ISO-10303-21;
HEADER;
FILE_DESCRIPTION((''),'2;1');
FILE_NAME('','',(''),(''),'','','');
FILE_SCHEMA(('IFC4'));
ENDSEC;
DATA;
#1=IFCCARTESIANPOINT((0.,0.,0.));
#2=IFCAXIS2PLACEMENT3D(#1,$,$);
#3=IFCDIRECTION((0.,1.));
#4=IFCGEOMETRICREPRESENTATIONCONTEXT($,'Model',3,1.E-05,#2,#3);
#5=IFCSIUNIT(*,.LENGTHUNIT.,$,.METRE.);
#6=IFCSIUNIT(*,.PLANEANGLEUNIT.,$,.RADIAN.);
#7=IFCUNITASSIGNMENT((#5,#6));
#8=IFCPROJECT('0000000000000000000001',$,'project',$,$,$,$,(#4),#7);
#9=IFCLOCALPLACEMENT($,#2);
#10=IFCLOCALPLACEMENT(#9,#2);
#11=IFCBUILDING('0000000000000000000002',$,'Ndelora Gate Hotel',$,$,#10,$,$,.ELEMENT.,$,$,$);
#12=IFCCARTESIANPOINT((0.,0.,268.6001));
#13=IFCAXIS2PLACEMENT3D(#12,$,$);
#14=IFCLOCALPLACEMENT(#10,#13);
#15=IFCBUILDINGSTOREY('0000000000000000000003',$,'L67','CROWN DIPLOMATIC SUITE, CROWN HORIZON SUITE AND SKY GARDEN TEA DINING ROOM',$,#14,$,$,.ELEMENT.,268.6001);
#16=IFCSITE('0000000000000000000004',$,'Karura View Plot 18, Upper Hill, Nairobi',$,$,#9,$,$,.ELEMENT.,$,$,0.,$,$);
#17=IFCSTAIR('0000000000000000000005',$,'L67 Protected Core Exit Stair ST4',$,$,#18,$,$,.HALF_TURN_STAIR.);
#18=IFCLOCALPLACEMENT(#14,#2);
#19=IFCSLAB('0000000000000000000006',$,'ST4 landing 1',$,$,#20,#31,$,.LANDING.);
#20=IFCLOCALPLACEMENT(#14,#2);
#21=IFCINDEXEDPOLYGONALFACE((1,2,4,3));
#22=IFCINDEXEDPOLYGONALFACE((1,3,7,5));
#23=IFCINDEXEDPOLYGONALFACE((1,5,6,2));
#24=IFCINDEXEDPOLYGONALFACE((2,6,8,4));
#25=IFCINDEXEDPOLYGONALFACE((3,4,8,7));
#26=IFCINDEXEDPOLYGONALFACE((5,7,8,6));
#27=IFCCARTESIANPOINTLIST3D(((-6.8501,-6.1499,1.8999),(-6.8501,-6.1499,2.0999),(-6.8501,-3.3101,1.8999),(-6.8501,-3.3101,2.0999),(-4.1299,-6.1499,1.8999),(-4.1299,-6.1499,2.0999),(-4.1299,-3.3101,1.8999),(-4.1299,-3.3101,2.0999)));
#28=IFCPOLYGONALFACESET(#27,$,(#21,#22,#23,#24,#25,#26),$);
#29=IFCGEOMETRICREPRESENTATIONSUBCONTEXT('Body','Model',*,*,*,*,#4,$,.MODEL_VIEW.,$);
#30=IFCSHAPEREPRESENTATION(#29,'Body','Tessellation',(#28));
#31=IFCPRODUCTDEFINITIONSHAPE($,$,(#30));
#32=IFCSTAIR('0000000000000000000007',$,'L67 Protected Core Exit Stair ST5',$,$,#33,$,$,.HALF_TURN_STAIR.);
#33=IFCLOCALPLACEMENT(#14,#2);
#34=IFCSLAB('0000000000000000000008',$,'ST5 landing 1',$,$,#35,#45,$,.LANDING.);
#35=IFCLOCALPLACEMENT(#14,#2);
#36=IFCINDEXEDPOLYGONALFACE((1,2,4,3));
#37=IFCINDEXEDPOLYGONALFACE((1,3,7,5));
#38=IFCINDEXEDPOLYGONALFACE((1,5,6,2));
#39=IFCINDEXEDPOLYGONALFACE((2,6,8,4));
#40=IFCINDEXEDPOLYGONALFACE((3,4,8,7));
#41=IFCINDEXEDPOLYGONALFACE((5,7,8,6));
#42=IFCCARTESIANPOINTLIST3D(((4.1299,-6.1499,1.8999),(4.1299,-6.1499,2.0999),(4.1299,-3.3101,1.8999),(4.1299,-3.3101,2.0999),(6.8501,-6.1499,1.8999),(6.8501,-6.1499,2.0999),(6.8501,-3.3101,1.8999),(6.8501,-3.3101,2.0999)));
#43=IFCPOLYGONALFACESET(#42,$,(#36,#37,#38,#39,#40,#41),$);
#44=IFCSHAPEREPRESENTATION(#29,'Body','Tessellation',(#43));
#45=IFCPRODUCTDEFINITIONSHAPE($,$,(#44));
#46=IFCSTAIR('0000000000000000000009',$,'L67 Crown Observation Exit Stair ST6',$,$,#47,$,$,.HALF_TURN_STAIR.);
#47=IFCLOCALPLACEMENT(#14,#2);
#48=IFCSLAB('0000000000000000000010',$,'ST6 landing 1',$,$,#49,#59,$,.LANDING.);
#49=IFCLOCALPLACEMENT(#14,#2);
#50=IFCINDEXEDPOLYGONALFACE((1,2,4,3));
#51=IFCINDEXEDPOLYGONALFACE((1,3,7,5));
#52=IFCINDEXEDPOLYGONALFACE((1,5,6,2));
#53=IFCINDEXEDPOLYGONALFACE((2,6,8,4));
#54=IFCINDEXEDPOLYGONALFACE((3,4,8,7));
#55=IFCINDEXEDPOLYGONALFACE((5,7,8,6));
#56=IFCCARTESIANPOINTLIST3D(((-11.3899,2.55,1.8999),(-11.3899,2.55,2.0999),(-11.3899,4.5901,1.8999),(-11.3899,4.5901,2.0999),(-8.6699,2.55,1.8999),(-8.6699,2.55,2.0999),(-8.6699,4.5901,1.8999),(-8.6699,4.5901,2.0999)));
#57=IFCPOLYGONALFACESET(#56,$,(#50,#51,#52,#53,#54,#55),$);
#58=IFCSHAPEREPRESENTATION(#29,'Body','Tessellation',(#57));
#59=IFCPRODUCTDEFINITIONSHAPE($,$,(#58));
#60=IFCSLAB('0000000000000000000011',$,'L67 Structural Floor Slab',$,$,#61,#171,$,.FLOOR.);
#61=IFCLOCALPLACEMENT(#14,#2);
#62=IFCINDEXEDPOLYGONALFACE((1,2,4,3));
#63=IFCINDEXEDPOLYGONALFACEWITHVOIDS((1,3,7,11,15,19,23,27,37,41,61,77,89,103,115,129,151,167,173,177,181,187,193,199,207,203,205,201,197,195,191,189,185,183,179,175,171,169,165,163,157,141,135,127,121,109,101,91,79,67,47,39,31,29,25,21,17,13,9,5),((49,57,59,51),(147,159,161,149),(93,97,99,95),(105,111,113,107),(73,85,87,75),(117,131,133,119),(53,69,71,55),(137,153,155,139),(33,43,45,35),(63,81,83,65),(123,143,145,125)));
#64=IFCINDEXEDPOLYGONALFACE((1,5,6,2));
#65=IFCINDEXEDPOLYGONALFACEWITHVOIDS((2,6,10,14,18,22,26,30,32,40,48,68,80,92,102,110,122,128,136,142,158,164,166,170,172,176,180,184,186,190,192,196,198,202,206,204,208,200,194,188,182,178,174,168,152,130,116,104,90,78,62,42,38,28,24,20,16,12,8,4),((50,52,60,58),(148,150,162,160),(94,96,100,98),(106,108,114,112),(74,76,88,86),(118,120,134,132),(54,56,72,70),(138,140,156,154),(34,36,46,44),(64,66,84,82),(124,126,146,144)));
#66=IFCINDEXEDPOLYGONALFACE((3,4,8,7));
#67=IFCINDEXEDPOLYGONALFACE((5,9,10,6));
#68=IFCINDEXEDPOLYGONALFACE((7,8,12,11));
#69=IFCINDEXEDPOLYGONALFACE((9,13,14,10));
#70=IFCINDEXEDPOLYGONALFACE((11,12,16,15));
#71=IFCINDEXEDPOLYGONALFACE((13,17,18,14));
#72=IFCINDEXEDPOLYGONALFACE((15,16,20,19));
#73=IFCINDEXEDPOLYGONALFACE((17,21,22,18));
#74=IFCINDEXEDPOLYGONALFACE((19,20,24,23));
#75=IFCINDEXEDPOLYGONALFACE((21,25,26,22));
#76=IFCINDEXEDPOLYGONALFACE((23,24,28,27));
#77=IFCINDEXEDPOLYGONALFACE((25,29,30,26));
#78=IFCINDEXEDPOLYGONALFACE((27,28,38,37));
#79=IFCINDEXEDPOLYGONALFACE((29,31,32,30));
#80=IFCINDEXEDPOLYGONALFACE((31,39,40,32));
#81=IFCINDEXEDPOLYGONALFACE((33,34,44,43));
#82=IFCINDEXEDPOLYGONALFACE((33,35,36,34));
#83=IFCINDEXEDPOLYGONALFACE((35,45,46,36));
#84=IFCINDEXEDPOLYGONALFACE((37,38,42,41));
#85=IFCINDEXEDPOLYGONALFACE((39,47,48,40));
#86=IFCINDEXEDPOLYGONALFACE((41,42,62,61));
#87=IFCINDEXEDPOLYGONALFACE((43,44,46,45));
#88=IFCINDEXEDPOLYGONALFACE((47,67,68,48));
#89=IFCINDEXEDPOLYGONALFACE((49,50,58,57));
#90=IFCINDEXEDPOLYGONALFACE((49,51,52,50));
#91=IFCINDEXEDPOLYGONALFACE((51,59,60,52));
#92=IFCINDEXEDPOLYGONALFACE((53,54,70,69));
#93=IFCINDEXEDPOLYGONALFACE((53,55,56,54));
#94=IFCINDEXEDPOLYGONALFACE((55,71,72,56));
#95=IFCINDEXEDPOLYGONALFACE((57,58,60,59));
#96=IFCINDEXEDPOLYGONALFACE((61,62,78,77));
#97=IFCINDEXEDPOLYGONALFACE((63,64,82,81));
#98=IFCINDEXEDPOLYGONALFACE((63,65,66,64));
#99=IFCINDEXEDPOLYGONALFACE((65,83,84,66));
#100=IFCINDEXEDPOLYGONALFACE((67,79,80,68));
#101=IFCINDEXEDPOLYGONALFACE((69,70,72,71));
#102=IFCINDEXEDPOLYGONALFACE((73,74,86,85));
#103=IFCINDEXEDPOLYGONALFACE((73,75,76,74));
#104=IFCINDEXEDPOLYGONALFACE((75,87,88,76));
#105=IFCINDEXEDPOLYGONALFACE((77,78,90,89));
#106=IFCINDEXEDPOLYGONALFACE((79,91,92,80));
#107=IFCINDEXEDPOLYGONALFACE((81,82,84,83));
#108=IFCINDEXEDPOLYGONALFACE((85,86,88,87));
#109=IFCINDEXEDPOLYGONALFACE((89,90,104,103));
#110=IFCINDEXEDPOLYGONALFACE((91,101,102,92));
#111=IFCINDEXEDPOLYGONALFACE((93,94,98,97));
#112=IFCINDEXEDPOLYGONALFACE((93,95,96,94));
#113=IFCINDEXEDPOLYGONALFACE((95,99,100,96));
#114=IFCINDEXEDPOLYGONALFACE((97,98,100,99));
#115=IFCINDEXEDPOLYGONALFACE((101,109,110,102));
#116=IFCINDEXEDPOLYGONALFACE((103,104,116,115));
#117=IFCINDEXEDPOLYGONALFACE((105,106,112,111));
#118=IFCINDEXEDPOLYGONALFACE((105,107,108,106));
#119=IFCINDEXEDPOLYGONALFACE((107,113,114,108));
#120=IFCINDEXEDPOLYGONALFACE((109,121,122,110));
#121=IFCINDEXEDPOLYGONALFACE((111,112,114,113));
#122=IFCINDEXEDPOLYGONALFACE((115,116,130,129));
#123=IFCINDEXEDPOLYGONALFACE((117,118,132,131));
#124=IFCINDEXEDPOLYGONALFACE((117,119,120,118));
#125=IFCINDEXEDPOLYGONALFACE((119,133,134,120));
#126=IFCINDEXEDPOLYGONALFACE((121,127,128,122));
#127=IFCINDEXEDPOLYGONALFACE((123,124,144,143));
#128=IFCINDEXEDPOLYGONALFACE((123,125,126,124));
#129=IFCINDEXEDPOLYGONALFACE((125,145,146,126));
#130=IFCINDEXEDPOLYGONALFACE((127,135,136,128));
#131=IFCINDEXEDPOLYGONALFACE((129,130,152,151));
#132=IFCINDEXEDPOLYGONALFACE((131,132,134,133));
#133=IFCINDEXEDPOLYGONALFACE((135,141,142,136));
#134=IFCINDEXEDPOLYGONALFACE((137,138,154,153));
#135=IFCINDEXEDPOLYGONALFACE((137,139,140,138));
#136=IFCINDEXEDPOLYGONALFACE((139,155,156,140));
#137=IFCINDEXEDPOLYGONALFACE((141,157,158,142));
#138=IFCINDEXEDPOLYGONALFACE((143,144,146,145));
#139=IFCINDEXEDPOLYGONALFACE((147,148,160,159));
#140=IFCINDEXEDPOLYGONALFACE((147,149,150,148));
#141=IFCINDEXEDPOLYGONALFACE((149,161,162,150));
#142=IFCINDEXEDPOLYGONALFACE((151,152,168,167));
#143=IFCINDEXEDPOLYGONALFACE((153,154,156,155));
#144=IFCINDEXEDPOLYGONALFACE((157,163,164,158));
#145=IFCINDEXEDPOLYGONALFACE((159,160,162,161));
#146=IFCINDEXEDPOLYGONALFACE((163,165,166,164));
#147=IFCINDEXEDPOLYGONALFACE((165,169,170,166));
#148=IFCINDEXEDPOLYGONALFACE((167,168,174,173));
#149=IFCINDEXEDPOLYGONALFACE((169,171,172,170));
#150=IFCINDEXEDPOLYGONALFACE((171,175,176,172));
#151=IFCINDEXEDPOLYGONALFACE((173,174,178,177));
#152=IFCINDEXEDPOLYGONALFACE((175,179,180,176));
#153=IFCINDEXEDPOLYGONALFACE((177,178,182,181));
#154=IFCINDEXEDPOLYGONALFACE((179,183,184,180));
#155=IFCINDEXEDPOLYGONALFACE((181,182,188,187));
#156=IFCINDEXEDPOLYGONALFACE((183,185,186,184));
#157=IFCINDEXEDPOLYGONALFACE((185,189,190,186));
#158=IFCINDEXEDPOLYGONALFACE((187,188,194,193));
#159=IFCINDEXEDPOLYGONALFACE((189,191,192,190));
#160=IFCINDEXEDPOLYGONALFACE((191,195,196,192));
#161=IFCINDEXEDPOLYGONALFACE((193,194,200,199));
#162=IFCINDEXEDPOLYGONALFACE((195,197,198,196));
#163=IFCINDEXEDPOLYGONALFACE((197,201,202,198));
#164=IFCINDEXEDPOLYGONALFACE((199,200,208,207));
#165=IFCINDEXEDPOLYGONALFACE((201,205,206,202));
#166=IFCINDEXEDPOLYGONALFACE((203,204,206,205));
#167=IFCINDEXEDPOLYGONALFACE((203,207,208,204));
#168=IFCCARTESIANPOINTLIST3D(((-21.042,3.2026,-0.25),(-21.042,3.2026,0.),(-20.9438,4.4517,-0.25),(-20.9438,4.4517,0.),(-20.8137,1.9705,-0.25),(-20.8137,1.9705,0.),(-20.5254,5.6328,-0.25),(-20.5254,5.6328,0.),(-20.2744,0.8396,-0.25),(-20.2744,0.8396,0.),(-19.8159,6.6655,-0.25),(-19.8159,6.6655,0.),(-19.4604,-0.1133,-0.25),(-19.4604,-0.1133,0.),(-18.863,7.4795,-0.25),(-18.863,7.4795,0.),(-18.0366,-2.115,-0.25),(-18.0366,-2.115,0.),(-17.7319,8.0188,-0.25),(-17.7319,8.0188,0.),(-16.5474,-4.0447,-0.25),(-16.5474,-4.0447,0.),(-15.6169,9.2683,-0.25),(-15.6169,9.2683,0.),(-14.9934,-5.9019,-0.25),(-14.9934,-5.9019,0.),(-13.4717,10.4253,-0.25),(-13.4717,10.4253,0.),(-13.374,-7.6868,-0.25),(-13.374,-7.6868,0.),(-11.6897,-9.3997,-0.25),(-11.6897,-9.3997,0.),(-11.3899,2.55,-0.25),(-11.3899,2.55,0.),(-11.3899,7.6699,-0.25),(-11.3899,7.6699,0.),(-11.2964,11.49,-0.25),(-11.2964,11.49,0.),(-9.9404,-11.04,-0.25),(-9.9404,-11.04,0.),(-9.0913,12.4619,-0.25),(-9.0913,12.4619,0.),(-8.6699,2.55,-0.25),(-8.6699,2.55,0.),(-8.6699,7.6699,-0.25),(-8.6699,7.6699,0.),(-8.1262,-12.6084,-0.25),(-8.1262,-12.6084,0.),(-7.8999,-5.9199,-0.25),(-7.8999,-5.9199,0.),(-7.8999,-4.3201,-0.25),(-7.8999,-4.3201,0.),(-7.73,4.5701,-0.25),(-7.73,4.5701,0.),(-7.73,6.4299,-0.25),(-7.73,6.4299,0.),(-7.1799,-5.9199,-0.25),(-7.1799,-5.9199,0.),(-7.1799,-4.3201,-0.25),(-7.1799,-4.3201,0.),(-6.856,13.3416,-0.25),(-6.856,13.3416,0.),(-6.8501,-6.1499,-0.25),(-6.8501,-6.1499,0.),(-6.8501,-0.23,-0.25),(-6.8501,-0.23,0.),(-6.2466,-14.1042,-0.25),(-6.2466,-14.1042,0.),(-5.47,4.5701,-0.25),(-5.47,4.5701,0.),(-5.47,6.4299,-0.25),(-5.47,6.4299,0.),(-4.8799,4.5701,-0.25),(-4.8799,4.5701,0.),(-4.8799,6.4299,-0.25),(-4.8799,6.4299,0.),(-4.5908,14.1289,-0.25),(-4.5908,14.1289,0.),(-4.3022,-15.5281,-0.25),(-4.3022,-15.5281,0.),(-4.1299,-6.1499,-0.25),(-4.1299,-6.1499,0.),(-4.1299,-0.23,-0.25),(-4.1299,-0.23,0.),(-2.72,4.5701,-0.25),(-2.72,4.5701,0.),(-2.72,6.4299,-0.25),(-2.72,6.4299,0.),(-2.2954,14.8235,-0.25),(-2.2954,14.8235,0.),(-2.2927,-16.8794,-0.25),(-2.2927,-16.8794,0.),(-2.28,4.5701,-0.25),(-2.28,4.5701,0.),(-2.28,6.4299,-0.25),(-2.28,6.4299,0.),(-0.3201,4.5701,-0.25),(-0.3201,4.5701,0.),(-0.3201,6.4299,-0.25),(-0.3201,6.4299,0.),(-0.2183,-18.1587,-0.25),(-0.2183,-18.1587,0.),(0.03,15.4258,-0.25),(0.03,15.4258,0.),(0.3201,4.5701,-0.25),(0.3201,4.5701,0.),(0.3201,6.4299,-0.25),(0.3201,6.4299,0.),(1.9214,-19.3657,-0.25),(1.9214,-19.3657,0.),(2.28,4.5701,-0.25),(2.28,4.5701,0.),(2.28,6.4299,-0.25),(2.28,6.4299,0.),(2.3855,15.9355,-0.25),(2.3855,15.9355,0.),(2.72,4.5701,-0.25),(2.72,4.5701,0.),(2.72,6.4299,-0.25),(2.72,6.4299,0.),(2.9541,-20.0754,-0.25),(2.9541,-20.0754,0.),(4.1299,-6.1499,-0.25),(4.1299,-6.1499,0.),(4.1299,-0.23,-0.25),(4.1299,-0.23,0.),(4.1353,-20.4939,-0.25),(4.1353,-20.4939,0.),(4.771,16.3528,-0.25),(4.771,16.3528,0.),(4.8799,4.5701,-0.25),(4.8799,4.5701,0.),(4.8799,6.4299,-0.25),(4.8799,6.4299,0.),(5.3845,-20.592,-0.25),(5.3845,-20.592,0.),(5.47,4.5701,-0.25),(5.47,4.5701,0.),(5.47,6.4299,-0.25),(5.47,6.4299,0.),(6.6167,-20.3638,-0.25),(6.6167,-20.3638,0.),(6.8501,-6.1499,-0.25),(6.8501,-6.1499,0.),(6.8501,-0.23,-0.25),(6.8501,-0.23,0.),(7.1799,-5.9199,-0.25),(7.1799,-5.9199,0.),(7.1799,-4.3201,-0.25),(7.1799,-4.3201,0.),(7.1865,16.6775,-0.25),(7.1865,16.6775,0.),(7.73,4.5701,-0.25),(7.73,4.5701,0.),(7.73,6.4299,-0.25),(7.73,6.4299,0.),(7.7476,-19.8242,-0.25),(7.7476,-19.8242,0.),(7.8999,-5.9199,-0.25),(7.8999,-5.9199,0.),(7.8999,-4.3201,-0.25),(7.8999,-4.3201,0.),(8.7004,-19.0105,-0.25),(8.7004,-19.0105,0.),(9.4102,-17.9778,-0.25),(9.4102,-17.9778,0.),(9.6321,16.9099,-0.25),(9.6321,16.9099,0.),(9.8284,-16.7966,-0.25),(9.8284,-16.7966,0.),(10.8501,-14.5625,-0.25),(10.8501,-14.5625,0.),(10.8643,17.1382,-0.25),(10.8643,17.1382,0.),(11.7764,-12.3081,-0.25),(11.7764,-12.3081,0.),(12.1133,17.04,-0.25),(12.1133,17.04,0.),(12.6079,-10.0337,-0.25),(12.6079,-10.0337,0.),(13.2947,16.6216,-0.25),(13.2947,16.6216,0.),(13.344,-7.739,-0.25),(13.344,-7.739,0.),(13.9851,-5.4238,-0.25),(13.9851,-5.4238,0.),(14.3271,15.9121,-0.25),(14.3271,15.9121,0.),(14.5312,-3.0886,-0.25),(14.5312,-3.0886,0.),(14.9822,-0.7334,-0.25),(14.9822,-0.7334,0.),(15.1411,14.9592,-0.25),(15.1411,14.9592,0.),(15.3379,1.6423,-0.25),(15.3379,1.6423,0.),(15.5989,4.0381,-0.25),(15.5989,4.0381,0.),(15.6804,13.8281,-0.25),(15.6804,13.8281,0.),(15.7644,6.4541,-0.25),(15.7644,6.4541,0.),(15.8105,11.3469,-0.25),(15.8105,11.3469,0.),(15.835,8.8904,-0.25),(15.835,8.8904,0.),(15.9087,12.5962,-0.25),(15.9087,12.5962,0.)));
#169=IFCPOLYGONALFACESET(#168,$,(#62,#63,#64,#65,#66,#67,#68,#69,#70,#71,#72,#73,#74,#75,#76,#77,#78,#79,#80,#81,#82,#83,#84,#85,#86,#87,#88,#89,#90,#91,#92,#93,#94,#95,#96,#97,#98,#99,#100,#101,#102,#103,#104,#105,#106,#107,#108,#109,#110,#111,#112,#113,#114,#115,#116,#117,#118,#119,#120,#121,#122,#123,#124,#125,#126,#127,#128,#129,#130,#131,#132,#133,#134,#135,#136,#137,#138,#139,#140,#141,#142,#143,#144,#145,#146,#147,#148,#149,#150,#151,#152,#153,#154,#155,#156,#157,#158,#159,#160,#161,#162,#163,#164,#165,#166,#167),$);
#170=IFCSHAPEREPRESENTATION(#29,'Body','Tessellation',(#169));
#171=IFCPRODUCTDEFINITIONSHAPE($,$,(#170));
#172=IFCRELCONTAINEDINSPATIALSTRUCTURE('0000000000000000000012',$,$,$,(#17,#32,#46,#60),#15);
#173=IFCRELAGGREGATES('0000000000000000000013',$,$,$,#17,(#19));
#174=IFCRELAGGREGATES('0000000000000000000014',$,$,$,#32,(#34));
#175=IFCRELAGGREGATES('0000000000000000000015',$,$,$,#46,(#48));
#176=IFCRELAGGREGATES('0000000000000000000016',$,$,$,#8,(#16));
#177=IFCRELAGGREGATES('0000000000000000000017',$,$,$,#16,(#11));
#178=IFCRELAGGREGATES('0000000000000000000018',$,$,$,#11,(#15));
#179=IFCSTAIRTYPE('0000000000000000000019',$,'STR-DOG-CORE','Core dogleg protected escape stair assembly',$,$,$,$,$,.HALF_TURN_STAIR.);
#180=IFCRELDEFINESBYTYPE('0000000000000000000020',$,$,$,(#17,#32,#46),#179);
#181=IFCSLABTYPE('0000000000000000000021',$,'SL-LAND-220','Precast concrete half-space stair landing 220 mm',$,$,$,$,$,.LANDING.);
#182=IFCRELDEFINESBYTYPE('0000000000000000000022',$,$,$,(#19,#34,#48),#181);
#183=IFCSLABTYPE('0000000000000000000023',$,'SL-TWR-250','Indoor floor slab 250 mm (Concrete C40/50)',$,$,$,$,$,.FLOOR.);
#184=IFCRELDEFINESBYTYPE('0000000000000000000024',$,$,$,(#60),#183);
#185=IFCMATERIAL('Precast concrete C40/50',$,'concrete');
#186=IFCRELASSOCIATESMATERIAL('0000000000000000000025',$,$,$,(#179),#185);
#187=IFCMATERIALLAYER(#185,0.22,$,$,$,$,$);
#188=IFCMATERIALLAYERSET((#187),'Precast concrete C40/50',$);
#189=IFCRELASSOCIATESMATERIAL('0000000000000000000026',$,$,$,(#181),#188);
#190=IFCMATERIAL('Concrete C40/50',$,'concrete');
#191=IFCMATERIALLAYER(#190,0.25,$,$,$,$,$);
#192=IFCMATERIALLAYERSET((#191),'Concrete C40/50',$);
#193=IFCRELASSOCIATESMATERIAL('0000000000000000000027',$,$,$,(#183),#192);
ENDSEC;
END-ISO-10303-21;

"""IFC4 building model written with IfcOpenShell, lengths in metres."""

from ifc_helpers import new_model, si_unit, direction, frame, origin, place, context, subcontext, project, spatial, polyline, outline, extrude, material, layer, layer_set, type_object, element, aggregate, save


model = new_model("IFC4")

# Units and contexts
model_context = context("Model", 3, precision=1e-05, world=origin(), true_north=direction((0.0, 1.0)))
body_context = subcontext(model_context, "Body", "Model", "MODEL_VIEW")
ifc_project = project(units=[si_unit("LENGTHUNIT", "METRE"), si_unit("PLANEANGLEUNIT", "RADIAN")], contexts=[model_context])

# Site, building, storey
site_placement = place(None, origin())
site = spatial("IfcSite", under=ifc_project, at=site_placement, Name="Karura View Plot 18, Upper Hill, Nairobi", CompositionType="ELEMENT", RefElevation=0.0)
building_placement = place(site_placement, origin())
building = spatial("IfcBuilding", under=site, at=building_placement, Name="Ndelora Gate Hotel", CompositionType="ELEMENT")
storey_placement = place(building_placement, frame((0.0, 0.0, 268.6001)))
storey = spatial("IfcBuildingStorey", under=building, at=storey_placement, Name="L67", Description="CROWN DIPLOMATIC SUITE, CROWN HORIZON SUITE AND SKY GARDEN TEA DINING ROOM", CompositionType="ELEMENT", Elevation=268.6001)

# Stairs, slabs
ifc_material_1 = material(Name="Precast concrete C40/50", Category="concrete")
stair_type = type_object("IfcStairType", Name="STR-DOG-CORE", Description="Core dogleg protected escape stair assembly", PredefinedType="HALF_TURN_STAIR", material=ifc_material_1)
stair_1_placement = place(storey_placement, origin())
stair_1 = element("IfcStair", 1, at=stair_1_placement, inside=storey, type_object=stair_type, Name="L67 Protected Core Exit Stair ST4", PredefinedType="HALF_TURN_STAIR")
ifc_layer_1 = layer(ifc_material_1, 0.22)
ifc_layer_set_1 = layer_set([ifc_layer_1], Name="Precast concrete C40/50")
slab_type_1 = type_object("IfcSlabType", Name="SL-LAND-220", Description="Precast concrete half-space stair landing 220 mm", PredefinedType="LANDING", material=ifc_layer_set_1)
slab_1_placement = place(storey_placement, frame((0.0, 0.0, 1.8999)))
slab_1 = element("IfcSlab", 2, at=slab_1_placement, type_object=slab_type_1, Name="ST4 landing 1", PredefinedType="LANDING", context=body_context, shape_type="SweptSolid", body=[
    extrude(outline(polyline([(-6.8501, -3.3101), (-6.8501, -6.1499), (-4.1299, -6.1499), (-4.1299, -3.3101), (-6.8501, -3.3101)])), origin(), (0.0, 0.0, 1.0), 0.2),
])
aggregate(stair_1, [slab_1])
stair_2_placement = place(storey_placement, origin())
stair_2 = element("IfcStair", 3, at=stair_2_placement, inside=storey, type_object=stair_type, Name="L67 Protected Core Exit Stair ST5", PredefinedType="HALF_TURN_STAIR")
slab_2_placement = place(storey_placement, frame((0.0, 0.0, 1.8999)))
slab_2 = element("IfcSlab", 4, at=slab_2_placement, type_object=slab_type_1, Name="ST5 landing 1", PredefinedType="LANDING", context=body_context, shape_type="SweptSolid", body=[
    extrude(outline(polyline([(4.1299, -3.3101), (4.1299, -6.1499), (6.8501, -6.1499), (6.8501, -3.3101), (4.1299, -3.3101)])), origin(), (0.0, 0.0, 1.0), 0.2),
])
aggregate(stair_2, [slab_2])
stair_3_placement = place(storey_placement, origin())
stair_3 = element("IfcStair", 5, at=stair_3_placement, inside=storey, type_object=stair_type, Name="L67 Crown Observation Exit Stair ST6", PredefinedType="HALF_TURN_STAIR")
slab_3_placement = place(storey_placement, frame((0.0, 0.0, 1.8999)))
slab_3 = element("IfcSlab", 6, at=slab_3_placement, type_object=slab_type_1, Name="ST6 landing 1", PredefinedType="LANDING", context=body_context, shape_type="SweptSolid", body=[
    extrude(outline(polyline([(-11.3899, 4.5901), (-11.3899, 2.55), (-8.6699, 2.55), (-8.6699, 4.5901), (-11.3899, 4.5901)])), origin(), (0.0, 0.0, 1.0), 0.2),
])
aggregate(stair_3, [slab_3])

# Slab
ifc_material_2 = material(Name="Concrete C40/50", Category="concrete")
ifc_layer_2 = layer(ifc_material_2, 0.25)
ifc_layer_set_2 = layer_set([ifc_layer_2], Name="Concrete C40/50")
slab_type_2 = type_object("IfcSlabType", Name="SL-TWR-250", Description="Indoor floor slab 250 mm (Concrete C40/50)", PredefinedType="FLOOR", material=ifc_layer_set_2)
slab_4_placement = place(storey_placement, frame((0.0, 0.0, -0.25)))
element("IfcSlab", 7, at=slab_4_placement, inside=storey, type_object=slab_type_2, Name="L67 Structural Floor Slab", PredefinedType="FLOOR", context=body_context, shape_type="SweptSolid", body=[
    extrude(outline(polyline([(-17.7319, 8.0188), (-18.863, 7.4795), (-19.8159, 6.6655), (-20.5254, 5.6328), (-20.9438, 4.4517), (-21.042, 3.2026), (-20.8137, 1.9705), (-20.2744, 0.8396), (-19.4604, -0.1133), (-18.0366, -2.115), (-16.5474, -4.0447), (-14.9934, -5.9019), (-13.374, -7.6868), (-11.6897, -9.3997), (-9.9404, -11.04), (-8.1262, -12.6084), (-6.2466, -14.1042), (-4.3022, -15.5281), (-2.2927, -16.8794), (-0.2183, -18.1587), (1.9214, -19.3657), (2.9541, -20.0754), (4.1353, -20.4939), (5.3845, -20.592), (6.6167, -20.3638), (7.7476, -19.8242), (8.7004, -19.0105), (9.4102, -17.9778), (9.8284, -16.7966), (10.8501, -14.5625), (11.7764, -12.3081), (12.6079, -10.0337), (13.344, -7.739), (13.9851, -5.4238), (14.5312, -3.0886), (14.9822, -0.7334), (15.3379, 1.6423), (15.5989, 4.0381), (15.7644, 6.4541), (15.835, 8.8904), (15.8105, 11.3469), (15.9087, 12.5962), (15.6804, 13.8281), (15.1411, 14.9592), (14.3271, 15.9121), (13.2947, 16.6216), (12.1133, 17.04), (10.8643, 17.1382), (9.6321, 16.9099), (7.1865, 16.6775), (4.771, 16.3528), (2.3855, 15.9355), (0.03, 15.4258), (-2.2954, 14.8235), (-4.5908, 14.1289), (-6.856, 13.3416), (-9.0913, 12.4619), (-11.2964, 11.49), (-13.4717, 10.4253), (-15.6169, 9.2683), (-17.7319, 8.0188)]), holes=[polyline([(-6.8501, -0.23), (-6.8501, -6.1499), (-4.1299, -6.1499), (-4.1299, -0.23), (-6.8501, -0.23)]), polyline([(4.1299, -0.23), (4.1299, -6.1499), (6.8501, -6.1499), (6.8501, -0.23), (4.1299, -0.23)]), polyline([(-11.3899, 7.6699), (-11.3899, 2.55), (-8.6699, 2.55), (-8.6699, 7.6699), (-11.3899, 7.6699)]), polyline([(-7.73, 4.5701), (-5.47, 4.5701), (-5.47, 6.4299), (-7.73, 6.4299), (-7.73, 4.5701)]), polyline([(5.47, 4.5701), (7.73, 4.5701), (7.73, 6.4299), (5.47, 6.4299), (5.47, 4.5701)]), polyline([(-4.8799, 4.5701), (-2.72, 4.5701), (-2.72, 6.4299), (-4.8799, 6.4299), (-4.8799, 4.5701)]), polyline([(2.72, 4.5701), (4.8799, 4.5701), (4.8799, 6.4299), (2.72, 6.4299), (2.72, 4.5701)]), polyline([(-2.28, 4.5701), (-0.3201, 4.5701), (-0.3201, 6.4299), (-2.28, 6.4299), (-2.28, 4.5701)]), polyline([(0.3201, 4.5701), (2.28, 4.5701), (2.28, 6.4299), (0.3201, 6.4299), (0.3201, 4.5701)]), polyline([(-7.8999, -5.9199), (-7.1799, -5.9199), (-7.1799, -4.3201), (-7.8999, -4.3201), (-7.8999, -5.9199)]), polyline([(7.1799, -5.9199), (7.8999, -5.9199), (7.8999, -4.3201), (7.1799, -4.3201), (7.1799, -5.9199)])]), origin(), (0.0, 0.0, 1.0), 0.25),
])

save(model, "model.ifc")
